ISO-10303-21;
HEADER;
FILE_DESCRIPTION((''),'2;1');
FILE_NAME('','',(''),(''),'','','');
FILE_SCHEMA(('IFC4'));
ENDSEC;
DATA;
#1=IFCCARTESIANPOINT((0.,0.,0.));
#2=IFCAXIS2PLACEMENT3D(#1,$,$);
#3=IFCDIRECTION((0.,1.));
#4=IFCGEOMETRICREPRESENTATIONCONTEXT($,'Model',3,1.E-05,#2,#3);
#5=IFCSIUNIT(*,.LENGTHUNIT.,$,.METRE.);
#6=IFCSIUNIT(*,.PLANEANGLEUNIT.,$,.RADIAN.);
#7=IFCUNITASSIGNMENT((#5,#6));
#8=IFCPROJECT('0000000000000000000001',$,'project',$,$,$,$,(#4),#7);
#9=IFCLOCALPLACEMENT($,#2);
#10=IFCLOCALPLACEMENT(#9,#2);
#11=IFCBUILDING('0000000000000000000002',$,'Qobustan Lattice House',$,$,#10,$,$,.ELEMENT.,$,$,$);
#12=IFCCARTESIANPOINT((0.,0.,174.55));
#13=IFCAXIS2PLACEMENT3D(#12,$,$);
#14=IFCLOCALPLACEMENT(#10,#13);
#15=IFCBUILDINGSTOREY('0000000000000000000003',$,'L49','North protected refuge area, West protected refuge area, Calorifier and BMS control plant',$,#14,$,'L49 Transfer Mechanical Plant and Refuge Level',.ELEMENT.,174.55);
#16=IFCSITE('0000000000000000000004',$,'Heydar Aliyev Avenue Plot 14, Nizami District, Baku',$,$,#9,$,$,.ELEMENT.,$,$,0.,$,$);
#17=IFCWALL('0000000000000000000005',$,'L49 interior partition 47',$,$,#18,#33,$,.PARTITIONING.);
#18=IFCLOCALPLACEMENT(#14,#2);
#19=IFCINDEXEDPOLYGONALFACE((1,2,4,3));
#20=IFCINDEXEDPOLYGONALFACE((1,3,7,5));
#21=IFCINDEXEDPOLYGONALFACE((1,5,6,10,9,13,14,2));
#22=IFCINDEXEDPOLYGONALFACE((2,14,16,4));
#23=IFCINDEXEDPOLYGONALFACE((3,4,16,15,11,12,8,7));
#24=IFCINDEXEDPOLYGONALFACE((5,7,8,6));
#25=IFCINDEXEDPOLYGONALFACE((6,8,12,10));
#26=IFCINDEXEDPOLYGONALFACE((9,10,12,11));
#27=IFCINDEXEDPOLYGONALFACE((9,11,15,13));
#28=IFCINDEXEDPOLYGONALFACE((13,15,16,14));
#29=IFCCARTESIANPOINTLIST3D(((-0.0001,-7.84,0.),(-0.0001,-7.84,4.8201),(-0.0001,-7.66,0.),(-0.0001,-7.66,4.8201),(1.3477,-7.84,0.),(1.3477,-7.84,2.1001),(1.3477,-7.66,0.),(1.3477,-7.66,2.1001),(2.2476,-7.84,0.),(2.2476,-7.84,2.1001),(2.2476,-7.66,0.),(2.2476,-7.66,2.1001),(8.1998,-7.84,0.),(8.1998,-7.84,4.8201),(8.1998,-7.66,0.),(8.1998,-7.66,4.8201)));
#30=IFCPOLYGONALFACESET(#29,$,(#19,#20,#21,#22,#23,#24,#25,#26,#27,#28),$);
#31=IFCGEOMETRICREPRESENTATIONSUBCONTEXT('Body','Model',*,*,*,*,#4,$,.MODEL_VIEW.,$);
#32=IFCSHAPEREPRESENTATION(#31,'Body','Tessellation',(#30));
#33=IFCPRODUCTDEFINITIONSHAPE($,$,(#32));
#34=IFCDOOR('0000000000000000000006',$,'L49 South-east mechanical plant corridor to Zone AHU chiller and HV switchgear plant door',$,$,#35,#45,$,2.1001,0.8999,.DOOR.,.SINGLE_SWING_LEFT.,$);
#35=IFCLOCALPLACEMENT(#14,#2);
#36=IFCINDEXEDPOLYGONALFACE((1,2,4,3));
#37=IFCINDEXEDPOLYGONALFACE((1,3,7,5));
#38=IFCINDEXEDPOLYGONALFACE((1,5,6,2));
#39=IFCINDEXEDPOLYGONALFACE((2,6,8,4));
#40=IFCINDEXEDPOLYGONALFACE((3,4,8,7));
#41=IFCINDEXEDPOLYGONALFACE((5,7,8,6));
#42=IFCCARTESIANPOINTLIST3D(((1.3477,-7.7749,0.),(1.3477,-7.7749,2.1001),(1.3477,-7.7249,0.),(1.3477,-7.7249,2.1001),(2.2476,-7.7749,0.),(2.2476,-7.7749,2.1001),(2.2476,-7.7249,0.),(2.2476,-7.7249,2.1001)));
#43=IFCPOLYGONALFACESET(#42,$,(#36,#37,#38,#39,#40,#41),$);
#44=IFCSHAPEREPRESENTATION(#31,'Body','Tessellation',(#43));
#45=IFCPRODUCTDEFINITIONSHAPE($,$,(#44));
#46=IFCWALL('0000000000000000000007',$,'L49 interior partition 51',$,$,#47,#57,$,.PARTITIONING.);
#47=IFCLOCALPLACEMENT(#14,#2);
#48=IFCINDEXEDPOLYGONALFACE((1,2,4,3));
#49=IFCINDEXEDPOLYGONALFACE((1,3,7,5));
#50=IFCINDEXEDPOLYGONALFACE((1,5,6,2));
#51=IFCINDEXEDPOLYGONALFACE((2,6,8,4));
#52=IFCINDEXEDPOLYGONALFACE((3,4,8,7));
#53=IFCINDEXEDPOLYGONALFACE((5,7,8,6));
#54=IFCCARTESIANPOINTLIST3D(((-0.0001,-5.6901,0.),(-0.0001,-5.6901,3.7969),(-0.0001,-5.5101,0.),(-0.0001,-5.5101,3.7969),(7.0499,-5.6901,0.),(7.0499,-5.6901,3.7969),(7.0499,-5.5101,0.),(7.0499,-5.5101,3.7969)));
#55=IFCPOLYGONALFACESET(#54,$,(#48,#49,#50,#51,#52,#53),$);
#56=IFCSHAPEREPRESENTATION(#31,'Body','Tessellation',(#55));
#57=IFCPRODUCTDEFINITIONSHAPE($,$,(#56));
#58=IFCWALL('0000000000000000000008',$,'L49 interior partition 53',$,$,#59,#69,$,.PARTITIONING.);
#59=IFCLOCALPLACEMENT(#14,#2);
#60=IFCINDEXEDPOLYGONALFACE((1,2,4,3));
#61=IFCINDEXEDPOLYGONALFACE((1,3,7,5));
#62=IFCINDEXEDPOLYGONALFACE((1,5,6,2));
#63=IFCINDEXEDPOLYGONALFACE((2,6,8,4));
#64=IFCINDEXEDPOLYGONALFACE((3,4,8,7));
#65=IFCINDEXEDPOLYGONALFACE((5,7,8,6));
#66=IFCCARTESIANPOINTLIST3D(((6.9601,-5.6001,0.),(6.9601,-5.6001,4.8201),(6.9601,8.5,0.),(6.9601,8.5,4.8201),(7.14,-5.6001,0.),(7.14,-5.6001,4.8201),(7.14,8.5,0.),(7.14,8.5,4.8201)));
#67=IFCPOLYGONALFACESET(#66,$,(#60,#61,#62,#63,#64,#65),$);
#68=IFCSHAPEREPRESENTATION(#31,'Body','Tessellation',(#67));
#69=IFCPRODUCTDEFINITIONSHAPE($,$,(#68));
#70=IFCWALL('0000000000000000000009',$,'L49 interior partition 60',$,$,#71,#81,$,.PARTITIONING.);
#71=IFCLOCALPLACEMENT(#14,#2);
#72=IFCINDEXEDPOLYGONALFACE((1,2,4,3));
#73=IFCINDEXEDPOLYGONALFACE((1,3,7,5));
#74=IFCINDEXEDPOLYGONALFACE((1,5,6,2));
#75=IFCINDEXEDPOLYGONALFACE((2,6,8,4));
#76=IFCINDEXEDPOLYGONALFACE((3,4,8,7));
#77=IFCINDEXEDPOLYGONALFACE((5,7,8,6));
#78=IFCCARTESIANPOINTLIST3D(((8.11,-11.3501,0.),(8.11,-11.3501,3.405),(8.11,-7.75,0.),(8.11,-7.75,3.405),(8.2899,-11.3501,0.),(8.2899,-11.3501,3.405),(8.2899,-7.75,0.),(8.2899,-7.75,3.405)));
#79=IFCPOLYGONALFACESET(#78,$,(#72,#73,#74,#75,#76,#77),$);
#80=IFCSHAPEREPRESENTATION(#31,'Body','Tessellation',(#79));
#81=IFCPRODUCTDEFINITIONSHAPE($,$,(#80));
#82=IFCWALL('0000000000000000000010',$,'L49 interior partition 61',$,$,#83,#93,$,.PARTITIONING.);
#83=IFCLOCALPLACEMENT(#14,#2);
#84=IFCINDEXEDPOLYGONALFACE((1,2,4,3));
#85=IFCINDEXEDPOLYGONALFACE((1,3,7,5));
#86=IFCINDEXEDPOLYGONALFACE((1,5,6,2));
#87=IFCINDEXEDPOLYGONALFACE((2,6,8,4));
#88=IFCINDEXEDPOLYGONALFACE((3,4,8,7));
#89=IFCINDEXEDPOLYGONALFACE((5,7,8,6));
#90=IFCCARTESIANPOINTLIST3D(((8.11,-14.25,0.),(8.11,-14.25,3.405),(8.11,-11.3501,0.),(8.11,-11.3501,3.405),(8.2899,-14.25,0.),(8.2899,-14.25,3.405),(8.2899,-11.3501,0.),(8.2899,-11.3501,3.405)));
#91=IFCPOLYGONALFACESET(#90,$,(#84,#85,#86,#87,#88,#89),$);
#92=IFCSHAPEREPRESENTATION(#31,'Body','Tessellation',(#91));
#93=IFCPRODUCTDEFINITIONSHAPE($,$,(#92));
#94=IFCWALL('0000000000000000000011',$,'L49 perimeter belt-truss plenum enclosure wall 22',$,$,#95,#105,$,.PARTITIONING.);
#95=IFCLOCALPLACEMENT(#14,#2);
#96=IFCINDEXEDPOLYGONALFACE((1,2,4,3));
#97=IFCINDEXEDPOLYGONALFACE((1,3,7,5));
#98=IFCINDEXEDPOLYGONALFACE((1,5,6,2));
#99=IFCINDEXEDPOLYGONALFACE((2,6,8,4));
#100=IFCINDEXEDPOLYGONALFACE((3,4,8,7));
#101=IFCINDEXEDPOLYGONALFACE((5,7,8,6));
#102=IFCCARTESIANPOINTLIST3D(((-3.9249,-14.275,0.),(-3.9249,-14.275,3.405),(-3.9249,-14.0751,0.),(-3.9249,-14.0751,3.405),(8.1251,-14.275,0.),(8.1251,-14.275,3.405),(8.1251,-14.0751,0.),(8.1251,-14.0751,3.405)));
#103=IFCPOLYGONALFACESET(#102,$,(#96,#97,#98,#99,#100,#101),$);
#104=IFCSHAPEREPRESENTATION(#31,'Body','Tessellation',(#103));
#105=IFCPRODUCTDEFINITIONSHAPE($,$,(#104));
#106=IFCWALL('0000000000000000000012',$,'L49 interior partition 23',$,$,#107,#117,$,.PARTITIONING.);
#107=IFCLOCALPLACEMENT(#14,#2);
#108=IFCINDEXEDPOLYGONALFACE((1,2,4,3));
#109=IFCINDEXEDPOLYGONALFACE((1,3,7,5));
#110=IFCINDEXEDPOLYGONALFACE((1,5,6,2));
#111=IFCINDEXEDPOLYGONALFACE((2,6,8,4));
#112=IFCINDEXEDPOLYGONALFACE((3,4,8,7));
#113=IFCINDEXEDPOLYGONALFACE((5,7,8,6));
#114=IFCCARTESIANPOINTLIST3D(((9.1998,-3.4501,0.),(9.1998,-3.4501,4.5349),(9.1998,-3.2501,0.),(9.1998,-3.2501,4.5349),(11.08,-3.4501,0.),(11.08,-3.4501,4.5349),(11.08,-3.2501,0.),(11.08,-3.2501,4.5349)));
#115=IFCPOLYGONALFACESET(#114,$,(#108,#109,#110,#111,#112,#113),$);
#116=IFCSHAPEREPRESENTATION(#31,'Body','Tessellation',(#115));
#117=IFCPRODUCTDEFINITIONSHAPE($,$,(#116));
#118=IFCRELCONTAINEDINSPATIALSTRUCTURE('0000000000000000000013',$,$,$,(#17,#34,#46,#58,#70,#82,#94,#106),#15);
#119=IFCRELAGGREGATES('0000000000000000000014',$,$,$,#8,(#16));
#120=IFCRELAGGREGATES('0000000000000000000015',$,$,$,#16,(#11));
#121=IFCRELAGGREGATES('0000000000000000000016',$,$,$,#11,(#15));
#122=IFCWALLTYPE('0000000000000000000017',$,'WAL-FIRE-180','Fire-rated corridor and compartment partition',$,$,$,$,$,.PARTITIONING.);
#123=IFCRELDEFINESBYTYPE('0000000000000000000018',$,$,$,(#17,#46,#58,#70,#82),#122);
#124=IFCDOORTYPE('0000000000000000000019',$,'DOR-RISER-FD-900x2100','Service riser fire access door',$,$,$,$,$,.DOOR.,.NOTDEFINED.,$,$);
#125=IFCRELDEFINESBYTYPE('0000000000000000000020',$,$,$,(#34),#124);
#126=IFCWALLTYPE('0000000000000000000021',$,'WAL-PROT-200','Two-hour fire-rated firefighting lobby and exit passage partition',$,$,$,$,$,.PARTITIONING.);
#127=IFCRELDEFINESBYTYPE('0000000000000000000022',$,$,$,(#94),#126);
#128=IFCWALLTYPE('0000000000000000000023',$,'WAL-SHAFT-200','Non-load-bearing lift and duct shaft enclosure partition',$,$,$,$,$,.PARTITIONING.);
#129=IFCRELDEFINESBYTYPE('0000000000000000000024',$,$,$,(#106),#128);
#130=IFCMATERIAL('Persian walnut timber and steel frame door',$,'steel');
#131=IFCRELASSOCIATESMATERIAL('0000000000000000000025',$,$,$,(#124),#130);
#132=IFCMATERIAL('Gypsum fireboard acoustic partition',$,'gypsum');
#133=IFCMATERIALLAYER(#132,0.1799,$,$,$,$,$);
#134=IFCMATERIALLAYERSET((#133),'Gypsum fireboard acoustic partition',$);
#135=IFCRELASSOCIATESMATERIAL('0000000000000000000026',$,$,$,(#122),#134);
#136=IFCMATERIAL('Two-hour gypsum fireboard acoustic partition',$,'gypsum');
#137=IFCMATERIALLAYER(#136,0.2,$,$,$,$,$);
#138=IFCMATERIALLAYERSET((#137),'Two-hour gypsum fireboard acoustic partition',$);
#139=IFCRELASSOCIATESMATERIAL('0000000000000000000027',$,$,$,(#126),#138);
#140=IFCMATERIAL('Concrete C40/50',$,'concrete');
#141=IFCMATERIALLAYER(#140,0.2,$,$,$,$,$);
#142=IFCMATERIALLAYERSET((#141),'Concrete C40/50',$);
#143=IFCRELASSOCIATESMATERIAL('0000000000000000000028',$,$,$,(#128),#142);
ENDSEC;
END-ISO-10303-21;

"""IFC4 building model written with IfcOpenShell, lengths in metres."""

from ifc_helpers import new_model, si_unit, direction, frame, frame_2d, origin, place, context, subcontext, project, spatial, rectangle, extrude, material, layer, layer_set, type_object, element, fill, save


model = new_model("IFC4")

# Units and contexts
model_context = context("Model", 3, precision=1e-05, world=origin(), true_north=direction((0.0, 1.0)))
body_context = subcontext(model_context, "Body", "Model", "MODEL_VIEW")
ifc_project = project(units=[si_unit("LENGTHUNIT", "METRE"), si_unit("PLANEANGLEUNIT", "RADIAN")], contexts=[model_context])

# Site, building, storey
site_placement = place(None, origin())
site = spatial("IfcSite", under=ifc_project, at=site_placement, Name="Heydar Aliyev Avenue Plot 14, Nizami District, Baku", CompositionType="ELEMENT", RefElevation=0.0)
building_placement = place(site_placement, origin())
building = spatial("IfcBuilding", under=site, at=building_placement, Name="Qobustan Lattice House", CompositionType="ELEMENT")
storey_placement = place(building_placement, frame((0.0, 0.0, 174.55)))
storey = spatial("IfcBuildingStorey", under=building, at=storey_placement, Name="L49", Description="North protected refuge area, West protected refuge area, Calorifier and BMS control plant", LongName="L49 Transfer Mechanical Plant and Refuge Level", CompositionType="ELEMENT", Elevation=174.55)

# Shared definitions
ifc_material_1 = material(Name="Persian walnut timber and steel frame door", Category="steel")
door_type_1 = type_object("IfcDoorType", Name="DOR-RISER-FD-900x2100", Description="Service riser fire access door", OperationType="NOTDEFINED", PredefinedType="DOOR", material=ifc_material_1)

# Shared definitions
ifc_material_2 = material(Name="Gypsum fireboard acoustic partition", Category="gypsum")
ifc_layer_1 = layer(ifc_material_2, 0.1799)
ifc_layer_set_1 = layer_set([ifc_layer_1], Name="Gypsum fireboard acoustic partition")
wall_type_1 = type_object("IfcWallType", Name="WAL-FIRE-180", Description="Fire-rated corridor and compartment partition", PredefinedType="PARTITIONING", material=ifc_layer_set_1)

# Wall, opening, door
wall_1_placement = place(storey_placement, frame((8.2, -7.75, 0.0), z_axis=(0.0, 0.0, 1.0), x_axis=(-1.0, 0.0, 0.0)))
wall_1 = element("IfcWall", 1, at=wall_1_placement, inside=storey, type_object=wall_type_1, Name="L49 interior partition 47", PredefinedType="PARTITIONING", context=body_context, shape_type="SweptSolid", body=[
    extrude(rectangle(XDim=8.2, YDim=0.1799, at=frame_2d((4.1001, 0.0))), origin(), (0.0, 0.0, 1.0), 4.8201),
])
opening_1_placement = place(wall_1_placement, frame((5.9524, 0.0, 0.0)))
opening_1 = element("IfcOpeningElement", 2, at=opening_1_placement, cuts=wall_1, PredefinedType="OPENING", context=body_context, shape_type="SweptSolid", body=[
    extrude(rectangle(XDim=0.8999, YDim=2.1001, at=frame_2d((0.45, 1.05))), frame((0.0, 0.0999, 0.0), z_axis=(0.0, -1.0, 0.0), x_axis=(1.0, 0.0, 0.0)), (0.0, 0.0, 1.0), 0.2),
])
door_1_placement = place(opening_1_placement, origin())
door_1 = element("IfcDoor", 3, at=door_1_placement, inside=storey, type_object=door_type_1, Name="L49 South-east mechanical plant corridor to Zone AHU chiller and HV switchgear plant door", OperationType="SINGLE_SWING_LEFT", OverallHeight=2.1001, OverallWidth=0.8999, PredefinedType="DOOR", context=body_context, shape_type="SweptSolid", body=[
    extrude(rectangle(XDim=0.8999, YDim=2.1001, at=frame_2d((0.45, 1.05))), frame((0.0, 0.0249, 0.0), z_axis=(0.0, -1.0, 0.0), x_axis=(1.0, 0.0, 0.0)), (0.0, 0.0, 1.0), 0.05),
])
fill(opening_1, door_1)

# Walls
wall_2_placement = place(storey_placement, frame((0.0, -5.6001, 0.0), z_axis=(0.0, 0.0, 1.0), x_axis=(1.0, 0.0, 0.0)))
element("IfcWall", 4, at=wall_2_placement, inside=storey, type_object=wall_type_1, Name="L49 interior partition 51", PredefinedType="PARTITIONING", context=body_context, shape_type="SweptSolid", body=[
    extrude(rectangle(XDim=7.05, YDim=0.1799, at=frame_2d((3.5249, 0.0))), origin(), (0.0, 0.0, 1.0), 3.7969),
])
wall_3_placement = place(storey_placement, frame((7.05, -5.6001, 0.0), z_axis=(0.0, 0.0, 1.0), x_axis=(0.0, 1.0, 0.0)))
element("IfcWall", 5, at=wall_3_placement, inside=storey, type_object=wall_type_1, Name="L49 interior partition 53", PredefinedType="PARTITIONING", context=body_context, shape_type="SweptSolid", body=[
    extrude(rectangle(XDim=14.1001, YDim=0.1799, at=frame_2d((7.05, 0.0))), origin(), (0.0, 0.0, 1.0), 4.8201),
])
wall_4_placement = place(storey_placement, frame((8.2, -7.75, 0.0), z_axis=(0.0, 0.0, 1.0), x_axis=(0.0, -1.0, 0.0)))
element("IfcWall", 6, at=wall_4_placement, inside=storey, type_object=wall_type_1, Name="L49 interior partition 60", PredefinedType="PARTITIONING", context=body_context, shape_type="SweptSolid", body=[
    extrude(rectangle(XDim=3.6001, YDim=0.1799, at=frame_2d((1.8, 0.0))), origin(), (0.0, 0.0, 1.0), 3.405),
])
wall_5_placement = place(storey_placement, frame((8.2, -11.3501, 0.0), z_axis=(0.0, 0.0, 1.0), x_axis=(0.0, -1.0, 0.0)))
element("IfcWall", 7, at=wall_5_placement, inside=storey, type_object=wall_type_1, Name="L49 interior partition 61", PredefinedType="PARTITIONING", context=body_context, shape_type="SweptSolid", body=[
    extrude(rectangle(XDim=2.8999, YDim=0.1799, at=frame_2d((1.45, 0.0))), origin(), (0.0, 0.0, 1.0), 3.405),
])
ifc_material_3 = material(Name="Two-hour gypsum fireboard acoustic partition", Category="gypsum")
ifc_layer_2 = layer(ifc_material_3, 0.2)
ifc_layer_set_2 = layer_set([ifc_layer_2], Name="Two-hour gypsum fireboard acoustic partition")
wall_type_2 = type_object("IfcWallType", Name="WAL-PROT-200", Description="Two-hour fire-rated firefighting lobby and exit passage partition", PredefinedType="PARTITIONING", material=ifc_layer_set_2)
wall_6_placement = place(storey_placement, frame((8.125, -14.175, 0.0), z_axis=(0.0, 0.0, 1.0), x_axis=(-1.0, 0.0, 0.0)))
element("IfcWall", 8, at=wall_6_placement, inside=storey, type_object=wall_type_2, Name="L49 perimeter belt-truss plenum enclosure wall 22", PredefinedType="PARTITIONING", context=body_context, shape_type="SweptSolid", body=[
    extrude(rectangle(XDim=12.05, YDim=0.2, at=frame_2d((6.0249, 0.0))), origin(), (0.0, 0.0, 1.0), 3.405),
])
ifc_material_4 = material(Name="Concrete C40/50", Category="concrete")
ifc_layer_3 = layer(ifc_material_4, 0.2)
ifc_layer_set_3 = layer_set([ifc_layer_3], Name="Concrete C40/50")
wall_type_3 = type_object("IfcWallType", Name="WAL-SHAFT-200", Description="Non-load-bearing lift and duct shaft enclosure partition", PredefinedType="PARTITIONING", material=ifc_layer_set_3)
wall_7_placement = place(storey_placement, frame((9.2, -3.3501, 0.0), z_axis=(0.0, 0.0, 1.0), x_axis=(1.0, 0.0, 0.0)))
element("IfcWall", 9, at=wall_7_placement, inside=storey, type_object=wall_type_3, Name="L49 interior partition 23", PredefinedType="PARTITIONING", context=body_context, shape_type="SweptSolid", body=[
    extrude(rectangle(XDim=1.8801, YDim=0.2, at=frame_2d((0.9399, 0.0))), origin(), (0.0, 0.0, 1.0), 4.5349),
])

save(model, "model.ifc")
